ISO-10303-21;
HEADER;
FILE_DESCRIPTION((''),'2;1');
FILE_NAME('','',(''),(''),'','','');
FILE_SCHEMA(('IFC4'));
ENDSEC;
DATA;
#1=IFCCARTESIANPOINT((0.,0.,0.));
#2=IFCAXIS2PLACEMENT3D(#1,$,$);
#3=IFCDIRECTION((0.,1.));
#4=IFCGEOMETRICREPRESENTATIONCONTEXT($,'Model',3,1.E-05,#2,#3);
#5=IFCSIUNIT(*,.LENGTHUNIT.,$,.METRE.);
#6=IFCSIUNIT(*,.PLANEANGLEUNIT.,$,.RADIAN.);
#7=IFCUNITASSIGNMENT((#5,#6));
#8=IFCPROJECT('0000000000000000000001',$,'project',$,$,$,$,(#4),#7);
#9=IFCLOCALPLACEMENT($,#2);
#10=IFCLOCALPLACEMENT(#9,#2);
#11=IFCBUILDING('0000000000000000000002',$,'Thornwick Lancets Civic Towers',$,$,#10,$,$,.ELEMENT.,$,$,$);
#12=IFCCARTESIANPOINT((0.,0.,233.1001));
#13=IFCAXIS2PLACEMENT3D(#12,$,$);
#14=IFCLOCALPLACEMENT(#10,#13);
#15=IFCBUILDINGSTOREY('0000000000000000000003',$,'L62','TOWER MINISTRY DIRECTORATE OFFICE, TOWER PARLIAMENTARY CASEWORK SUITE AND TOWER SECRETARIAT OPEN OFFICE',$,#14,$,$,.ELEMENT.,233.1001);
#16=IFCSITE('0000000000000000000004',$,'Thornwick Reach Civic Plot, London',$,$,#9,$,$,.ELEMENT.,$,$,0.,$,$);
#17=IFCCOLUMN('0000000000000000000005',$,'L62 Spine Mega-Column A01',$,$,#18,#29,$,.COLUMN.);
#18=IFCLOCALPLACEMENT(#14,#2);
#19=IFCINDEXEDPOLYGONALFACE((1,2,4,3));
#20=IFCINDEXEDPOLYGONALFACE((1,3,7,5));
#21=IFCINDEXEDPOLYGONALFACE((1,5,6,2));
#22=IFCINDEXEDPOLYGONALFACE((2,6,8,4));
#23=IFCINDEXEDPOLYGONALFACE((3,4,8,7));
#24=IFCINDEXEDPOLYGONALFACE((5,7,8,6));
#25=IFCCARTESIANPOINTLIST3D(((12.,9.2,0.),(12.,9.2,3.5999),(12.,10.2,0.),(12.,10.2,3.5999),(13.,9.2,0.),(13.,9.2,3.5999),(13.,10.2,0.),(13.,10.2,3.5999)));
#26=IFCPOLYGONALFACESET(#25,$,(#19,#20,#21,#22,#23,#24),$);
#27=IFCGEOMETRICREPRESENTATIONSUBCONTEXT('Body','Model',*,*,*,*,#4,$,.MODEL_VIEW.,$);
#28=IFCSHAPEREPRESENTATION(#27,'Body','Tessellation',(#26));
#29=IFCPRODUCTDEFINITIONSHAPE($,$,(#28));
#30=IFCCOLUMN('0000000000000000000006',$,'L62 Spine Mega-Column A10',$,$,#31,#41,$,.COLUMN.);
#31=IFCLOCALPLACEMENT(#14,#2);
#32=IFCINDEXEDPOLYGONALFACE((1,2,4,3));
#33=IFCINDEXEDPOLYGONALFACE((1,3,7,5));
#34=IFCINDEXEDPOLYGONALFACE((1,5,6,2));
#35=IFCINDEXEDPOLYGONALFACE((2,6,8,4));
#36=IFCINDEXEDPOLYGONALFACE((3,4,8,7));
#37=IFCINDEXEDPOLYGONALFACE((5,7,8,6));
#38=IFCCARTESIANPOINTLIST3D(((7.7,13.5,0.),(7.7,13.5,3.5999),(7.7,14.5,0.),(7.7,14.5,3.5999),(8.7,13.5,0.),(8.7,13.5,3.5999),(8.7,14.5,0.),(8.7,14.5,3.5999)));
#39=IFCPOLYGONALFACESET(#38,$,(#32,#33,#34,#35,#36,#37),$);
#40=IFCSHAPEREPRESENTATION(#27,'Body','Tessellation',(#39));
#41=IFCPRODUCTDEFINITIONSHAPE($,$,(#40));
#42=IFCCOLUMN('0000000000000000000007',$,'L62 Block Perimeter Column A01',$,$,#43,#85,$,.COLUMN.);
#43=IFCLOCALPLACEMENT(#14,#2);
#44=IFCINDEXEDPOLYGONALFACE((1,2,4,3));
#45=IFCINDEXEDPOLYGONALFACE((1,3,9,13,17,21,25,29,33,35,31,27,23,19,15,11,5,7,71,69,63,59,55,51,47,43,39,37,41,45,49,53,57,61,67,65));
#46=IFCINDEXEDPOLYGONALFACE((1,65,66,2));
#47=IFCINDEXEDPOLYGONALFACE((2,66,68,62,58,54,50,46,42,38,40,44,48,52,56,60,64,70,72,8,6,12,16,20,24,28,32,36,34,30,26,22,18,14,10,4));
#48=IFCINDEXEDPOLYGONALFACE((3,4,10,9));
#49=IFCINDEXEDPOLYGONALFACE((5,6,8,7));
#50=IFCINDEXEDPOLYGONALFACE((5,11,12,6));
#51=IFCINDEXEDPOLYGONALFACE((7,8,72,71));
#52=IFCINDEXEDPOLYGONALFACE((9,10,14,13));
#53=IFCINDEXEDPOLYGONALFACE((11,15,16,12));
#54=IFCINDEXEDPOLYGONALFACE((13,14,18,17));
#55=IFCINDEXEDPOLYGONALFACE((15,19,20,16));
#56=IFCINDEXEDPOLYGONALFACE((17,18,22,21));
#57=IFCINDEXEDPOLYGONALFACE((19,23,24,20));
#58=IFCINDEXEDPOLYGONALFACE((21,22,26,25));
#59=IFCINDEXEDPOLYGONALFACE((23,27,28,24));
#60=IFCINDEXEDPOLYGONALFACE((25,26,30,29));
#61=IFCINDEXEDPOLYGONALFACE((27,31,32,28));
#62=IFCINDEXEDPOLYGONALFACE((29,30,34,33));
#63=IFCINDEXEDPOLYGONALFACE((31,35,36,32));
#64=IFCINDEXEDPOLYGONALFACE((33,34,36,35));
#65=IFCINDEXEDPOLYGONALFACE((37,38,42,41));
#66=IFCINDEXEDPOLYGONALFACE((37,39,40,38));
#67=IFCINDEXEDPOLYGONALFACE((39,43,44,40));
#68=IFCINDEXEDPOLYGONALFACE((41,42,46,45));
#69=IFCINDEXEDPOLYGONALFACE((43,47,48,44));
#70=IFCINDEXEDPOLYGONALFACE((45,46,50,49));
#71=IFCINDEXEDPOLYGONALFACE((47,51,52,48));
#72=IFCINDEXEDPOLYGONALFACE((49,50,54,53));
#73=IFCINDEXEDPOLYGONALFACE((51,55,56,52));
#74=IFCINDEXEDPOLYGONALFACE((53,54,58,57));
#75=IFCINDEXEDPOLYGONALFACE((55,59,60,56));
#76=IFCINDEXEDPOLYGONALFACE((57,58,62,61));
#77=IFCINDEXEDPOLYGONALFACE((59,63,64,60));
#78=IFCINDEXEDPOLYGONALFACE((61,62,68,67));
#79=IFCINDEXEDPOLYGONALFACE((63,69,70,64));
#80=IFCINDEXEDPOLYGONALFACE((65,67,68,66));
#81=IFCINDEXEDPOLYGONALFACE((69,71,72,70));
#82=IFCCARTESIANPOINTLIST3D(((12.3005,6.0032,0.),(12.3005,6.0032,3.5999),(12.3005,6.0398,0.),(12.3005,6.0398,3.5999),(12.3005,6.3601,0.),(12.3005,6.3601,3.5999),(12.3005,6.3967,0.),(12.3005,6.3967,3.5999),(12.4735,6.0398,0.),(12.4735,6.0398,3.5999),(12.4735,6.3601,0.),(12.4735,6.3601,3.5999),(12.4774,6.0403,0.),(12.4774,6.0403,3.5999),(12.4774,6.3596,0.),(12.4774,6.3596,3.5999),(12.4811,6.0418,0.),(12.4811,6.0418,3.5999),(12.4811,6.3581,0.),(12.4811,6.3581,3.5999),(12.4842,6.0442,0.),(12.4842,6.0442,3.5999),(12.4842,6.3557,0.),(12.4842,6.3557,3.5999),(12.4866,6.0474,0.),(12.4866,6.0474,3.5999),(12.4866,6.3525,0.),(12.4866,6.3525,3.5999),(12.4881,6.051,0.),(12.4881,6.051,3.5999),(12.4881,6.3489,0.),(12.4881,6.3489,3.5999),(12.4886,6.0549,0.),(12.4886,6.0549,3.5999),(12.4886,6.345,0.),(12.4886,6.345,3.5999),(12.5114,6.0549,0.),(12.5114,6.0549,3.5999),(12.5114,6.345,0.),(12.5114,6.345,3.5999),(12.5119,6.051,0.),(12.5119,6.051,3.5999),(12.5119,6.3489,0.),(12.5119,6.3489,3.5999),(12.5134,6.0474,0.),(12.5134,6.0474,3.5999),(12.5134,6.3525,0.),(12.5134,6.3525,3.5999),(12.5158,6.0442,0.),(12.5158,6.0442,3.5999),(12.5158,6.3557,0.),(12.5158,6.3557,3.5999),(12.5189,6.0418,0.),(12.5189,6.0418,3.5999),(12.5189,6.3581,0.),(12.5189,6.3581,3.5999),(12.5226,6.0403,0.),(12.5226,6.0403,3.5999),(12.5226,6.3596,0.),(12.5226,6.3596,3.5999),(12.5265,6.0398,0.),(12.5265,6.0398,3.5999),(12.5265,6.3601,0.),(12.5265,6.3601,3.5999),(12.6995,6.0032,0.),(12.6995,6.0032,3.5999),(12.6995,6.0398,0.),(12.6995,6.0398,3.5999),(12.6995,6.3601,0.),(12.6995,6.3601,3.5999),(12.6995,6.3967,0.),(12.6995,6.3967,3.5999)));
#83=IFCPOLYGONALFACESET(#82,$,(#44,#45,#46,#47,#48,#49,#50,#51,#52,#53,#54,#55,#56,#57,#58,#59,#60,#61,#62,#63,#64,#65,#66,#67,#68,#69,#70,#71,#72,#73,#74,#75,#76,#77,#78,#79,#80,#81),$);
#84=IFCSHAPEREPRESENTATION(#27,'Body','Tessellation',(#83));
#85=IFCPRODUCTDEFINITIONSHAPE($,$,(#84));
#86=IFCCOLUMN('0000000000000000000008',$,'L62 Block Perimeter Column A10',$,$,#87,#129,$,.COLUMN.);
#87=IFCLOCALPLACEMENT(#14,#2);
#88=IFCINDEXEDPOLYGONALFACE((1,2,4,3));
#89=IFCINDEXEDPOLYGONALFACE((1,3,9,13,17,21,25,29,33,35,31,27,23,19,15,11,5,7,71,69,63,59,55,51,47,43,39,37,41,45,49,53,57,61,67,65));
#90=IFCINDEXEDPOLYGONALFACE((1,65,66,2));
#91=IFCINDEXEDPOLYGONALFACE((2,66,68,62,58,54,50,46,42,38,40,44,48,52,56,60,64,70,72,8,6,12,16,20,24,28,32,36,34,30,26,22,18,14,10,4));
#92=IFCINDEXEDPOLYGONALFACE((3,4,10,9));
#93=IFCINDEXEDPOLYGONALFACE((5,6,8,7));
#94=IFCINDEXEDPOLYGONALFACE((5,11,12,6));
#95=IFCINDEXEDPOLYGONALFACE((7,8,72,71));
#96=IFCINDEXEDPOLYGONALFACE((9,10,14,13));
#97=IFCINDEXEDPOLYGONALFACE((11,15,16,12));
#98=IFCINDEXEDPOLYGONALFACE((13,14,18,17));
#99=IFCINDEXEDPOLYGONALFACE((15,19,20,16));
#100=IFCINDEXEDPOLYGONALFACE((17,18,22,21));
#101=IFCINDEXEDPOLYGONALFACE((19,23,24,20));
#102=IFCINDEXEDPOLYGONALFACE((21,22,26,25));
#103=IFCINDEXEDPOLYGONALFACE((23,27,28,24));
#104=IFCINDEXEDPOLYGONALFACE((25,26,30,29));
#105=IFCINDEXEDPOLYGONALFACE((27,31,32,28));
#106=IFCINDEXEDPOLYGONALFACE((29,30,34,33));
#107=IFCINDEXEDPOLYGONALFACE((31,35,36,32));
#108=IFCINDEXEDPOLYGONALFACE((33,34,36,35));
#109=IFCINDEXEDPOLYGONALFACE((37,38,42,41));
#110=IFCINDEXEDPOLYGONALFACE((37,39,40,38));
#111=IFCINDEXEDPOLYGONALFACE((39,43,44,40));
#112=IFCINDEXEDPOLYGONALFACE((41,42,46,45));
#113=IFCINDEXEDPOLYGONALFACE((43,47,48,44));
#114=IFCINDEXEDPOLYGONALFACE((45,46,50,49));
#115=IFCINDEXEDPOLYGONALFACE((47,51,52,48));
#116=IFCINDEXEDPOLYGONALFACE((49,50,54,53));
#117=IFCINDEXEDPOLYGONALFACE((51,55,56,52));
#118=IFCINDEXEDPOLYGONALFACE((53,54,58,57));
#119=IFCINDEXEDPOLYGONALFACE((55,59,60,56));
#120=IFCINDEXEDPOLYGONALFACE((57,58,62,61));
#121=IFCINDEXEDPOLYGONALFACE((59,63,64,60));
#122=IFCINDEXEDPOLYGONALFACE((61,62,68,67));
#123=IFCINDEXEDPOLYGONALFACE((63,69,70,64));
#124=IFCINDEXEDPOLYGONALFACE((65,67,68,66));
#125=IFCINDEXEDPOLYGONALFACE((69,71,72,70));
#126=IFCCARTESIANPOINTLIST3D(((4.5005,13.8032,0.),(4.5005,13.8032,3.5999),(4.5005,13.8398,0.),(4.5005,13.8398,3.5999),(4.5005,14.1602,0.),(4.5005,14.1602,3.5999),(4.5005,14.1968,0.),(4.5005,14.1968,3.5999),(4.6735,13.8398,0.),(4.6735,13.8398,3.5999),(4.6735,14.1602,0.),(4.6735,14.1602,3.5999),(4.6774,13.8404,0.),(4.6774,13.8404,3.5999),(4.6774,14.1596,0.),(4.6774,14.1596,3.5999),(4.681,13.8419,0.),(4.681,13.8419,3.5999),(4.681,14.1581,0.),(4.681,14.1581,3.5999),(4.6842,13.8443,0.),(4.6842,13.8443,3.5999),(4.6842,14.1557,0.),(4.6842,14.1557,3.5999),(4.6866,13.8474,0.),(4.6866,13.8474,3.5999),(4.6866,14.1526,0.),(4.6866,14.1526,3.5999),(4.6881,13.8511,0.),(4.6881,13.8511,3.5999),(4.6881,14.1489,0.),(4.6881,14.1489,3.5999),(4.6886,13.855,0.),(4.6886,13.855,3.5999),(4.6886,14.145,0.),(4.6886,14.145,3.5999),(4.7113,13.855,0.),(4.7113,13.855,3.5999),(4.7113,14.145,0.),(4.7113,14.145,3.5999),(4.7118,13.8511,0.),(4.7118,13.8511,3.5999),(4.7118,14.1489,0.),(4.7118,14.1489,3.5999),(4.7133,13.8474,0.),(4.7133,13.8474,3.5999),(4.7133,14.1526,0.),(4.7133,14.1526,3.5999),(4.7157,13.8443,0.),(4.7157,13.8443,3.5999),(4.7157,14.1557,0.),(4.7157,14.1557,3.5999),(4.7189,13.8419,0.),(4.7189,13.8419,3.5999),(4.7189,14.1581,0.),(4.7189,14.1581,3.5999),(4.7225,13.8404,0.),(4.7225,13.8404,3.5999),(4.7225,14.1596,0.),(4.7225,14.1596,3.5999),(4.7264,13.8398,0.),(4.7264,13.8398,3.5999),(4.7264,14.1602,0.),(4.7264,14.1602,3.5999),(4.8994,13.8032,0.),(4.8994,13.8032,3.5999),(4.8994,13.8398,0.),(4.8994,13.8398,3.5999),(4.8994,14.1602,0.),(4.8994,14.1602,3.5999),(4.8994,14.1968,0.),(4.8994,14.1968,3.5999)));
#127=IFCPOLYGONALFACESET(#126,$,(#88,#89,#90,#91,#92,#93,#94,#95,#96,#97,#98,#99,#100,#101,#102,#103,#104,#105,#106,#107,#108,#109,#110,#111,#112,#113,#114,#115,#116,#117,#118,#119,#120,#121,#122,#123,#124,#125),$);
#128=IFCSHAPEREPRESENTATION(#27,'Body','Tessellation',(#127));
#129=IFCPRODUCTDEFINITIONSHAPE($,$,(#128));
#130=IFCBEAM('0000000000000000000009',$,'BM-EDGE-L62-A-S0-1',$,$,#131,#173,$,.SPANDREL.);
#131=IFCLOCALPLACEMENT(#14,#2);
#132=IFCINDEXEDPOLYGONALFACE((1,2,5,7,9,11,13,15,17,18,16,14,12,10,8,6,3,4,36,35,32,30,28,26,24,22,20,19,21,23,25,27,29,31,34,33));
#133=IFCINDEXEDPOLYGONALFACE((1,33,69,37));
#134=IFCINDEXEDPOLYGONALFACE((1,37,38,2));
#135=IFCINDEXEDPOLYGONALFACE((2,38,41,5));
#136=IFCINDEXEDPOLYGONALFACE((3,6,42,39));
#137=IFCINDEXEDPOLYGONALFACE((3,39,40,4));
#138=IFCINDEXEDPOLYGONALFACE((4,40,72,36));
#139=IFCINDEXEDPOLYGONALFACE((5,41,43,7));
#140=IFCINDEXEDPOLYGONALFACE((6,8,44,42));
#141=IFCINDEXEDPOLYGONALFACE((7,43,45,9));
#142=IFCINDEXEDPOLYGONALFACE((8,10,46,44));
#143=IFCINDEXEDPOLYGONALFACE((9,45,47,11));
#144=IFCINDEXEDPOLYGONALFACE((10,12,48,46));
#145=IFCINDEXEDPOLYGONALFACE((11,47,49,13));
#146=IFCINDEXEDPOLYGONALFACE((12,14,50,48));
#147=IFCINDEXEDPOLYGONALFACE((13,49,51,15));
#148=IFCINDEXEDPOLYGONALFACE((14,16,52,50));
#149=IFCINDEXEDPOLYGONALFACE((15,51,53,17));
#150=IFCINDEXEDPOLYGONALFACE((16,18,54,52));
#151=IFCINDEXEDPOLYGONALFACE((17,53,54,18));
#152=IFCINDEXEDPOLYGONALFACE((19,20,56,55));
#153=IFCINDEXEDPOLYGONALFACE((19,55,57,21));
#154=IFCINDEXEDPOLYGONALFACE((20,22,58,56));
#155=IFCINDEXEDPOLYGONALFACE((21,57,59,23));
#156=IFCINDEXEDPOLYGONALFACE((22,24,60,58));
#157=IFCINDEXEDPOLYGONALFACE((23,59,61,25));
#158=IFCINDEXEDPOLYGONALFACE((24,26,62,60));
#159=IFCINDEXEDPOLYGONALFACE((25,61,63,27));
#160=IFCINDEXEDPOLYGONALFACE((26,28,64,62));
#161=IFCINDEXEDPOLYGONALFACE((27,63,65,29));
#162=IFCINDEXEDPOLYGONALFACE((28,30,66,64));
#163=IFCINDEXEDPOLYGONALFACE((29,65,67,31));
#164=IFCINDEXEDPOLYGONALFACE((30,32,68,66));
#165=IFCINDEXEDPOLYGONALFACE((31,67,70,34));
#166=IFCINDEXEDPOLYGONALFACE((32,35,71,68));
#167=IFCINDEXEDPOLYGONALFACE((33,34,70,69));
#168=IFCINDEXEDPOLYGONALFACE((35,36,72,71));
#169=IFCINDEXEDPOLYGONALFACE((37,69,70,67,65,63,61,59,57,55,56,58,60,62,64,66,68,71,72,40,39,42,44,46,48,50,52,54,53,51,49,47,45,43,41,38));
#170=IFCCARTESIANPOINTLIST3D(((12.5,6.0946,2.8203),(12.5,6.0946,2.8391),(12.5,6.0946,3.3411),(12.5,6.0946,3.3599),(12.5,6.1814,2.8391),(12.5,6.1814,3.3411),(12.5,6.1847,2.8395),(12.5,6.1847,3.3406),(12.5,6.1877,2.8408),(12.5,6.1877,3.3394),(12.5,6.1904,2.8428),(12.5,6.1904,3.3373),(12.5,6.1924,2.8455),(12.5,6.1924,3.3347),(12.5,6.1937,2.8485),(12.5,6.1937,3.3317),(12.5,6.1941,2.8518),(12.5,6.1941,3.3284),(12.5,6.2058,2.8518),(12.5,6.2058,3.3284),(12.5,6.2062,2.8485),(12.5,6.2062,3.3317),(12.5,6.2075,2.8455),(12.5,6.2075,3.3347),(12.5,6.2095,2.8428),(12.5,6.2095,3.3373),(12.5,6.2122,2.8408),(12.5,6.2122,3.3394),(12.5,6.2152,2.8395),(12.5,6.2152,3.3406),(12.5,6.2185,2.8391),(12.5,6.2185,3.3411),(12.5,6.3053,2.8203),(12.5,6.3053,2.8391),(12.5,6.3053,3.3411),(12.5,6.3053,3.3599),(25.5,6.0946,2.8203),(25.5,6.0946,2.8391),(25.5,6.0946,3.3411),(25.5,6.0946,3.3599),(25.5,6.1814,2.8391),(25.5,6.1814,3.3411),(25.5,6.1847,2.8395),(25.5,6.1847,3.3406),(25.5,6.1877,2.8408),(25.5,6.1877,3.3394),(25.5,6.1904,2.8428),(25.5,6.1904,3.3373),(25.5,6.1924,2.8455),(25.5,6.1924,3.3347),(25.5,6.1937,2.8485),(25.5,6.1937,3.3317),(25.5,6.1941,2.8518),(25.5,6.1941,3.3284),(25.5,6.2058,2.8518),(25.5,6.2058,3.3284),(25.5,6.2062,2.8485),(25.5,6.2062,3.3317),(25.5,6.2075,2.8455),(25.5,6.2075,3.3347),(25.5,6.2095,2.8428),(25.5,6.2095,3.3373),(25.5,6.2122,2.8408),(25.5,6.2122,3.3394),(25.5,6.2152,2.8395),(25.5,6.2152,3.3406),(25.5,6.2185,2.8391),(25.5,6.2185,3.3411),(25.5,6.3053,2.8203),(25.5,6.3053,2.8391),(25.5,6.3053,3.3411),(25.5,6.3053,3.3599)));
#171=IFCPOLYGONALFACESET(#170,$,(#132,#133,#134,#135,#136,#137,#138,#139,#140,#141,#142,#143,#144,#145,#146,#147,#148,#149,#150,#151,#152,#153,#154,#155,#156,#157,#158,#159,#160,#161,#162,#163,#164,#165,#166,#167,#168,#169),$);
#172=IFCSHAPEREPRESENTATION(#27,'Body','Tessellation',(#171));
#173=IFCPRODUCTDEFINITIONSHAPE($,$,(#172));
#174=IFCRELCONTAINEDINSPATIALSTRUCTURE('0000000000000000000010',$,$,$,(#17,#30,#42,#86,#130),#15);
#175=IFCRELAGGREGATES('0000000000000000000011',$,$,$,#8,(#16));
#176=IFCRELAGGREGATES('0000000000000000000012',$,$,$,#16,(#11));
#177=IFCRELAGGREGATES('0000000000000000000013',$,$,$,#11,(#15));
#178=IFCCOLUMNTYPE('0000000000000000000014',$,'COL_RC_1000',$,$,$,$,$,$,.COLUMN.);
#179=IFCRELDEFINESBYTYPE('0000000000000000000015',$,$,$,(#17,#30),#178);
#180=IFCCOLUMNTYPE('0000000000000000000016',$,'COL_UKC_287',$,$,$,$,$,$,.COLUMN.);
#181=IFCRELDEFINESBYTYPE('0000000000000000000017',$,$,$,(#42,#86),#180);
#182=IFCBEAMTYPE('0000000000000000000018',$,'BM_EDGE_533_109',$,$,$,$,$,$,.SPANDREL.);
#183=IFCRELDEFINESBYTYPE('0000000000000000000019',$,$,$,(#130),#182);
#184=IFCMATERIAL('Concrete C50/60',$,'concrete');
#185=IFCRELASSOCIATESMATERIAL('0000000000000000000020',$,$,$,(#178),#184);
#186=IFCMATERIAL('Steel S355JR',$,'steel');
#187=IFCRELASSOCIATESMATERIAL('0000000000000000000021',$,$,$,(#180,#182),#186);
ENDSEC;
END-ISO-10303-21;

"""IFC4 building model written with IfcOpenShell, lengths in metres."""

from ifc_helpers import new_model, si_unit, direction, frame, origin, origin_2d, place, context, subcontext, project, spatial, rectangle, i_section, extrude, material, material_profile, profile_set, type_object, element, save


model = new_model("IFC4")

# Units and contexts
model_context = context("Model", 3, precision=1e-05, world=origin(), true_north=direction((0.0, 1.0)))
body_context = subcontext(model_context, "Body", "Model", "MODEL_VIEW")
ifc_project = project(units=[si_unit("LENGTHUNIT", "METRE"), si_unit("PLANEANGLEUNIT", "RADIAN")], contexts=[model_context])

# Site, building, storey
site_placement = place(None, origin())
site = spatial("IfcSite", under=ifc_project, at=site_placement, Name="Thornwick Reach Civic Plot, London", CompositionType="ELEMENT", RefElevation=0.0)
building_placement = place(site_placement, origin())
building = spatial("IfcBuilding", under=site, at=building_placement, Name="Thornwick Lancets Civic Towers", CompositionType="ELEMENT")
storey_placement = place(building_placement, frame((0.0, 0.0, 233.1001)))
storey = spatial("IfcBuildingStorey", under=building, at=storey_placement, Name="L62", Description="TOWER MINISTRY DIRECTORATE OFFICE, TOWER PARLIAMENTARY CASEWORK SUITE AND TOWER SECRETARIAT OPEN OFFICE", CompositionType="ELEMENT", Elevation=233.1001)

# Columns
ifc_material_1 = material(Name="Concrete C50/60", Category="concrete")
ifc_material_profile_1 = material_profile(ifc_material_1, rectangle(XDim=1.0, YDim=1.0, at=origin_2d()), Name="RC 1000x1000")
ifc_profile_set_1 = profile_set([ifc_material_profile_1], Name="Concrete C50/60")
column_type_1 = type_object("IfcColumnType", Name="COL_RC_1000", PredefinedType="COLUMN", material=ifc_profile_set_1)
for number, where, z_axis, x_axis, name in (
    (1, (12.5, 9.7, 0.0), (0.0, 0.0, 1.0), (1.0, 0.0, 0.0), "L62 Spine Mega-Column A01"),
    (2, (8.2, 14.0, 0.0), (0.0, 0.0, 1.0), (1.0, 0.0, 0.0), "L62 Spine Mega-Column A10"),
):
    element("IfcColumn", number, at=place(storey_placement, frame(where, z_axis=z_axis, x_axis=x_axis)), inside=storey, type_object=column_type_1, Name=name, PredefinedType="COLUMN", context=body_context, shape_type="SweptSolid", body=[
        extrude(rectangle(XDim=1.0, YDim=1.0, at=origin_2d()), origin(), (0.0, 0.0, 1.0), 3.5999),
    ])
ifc_material_2 = material(Name="Steel S355JR", Category="steel")
ifc_material_profile_2 = material_profile(ifc_material_2, i_section(OverallWidth=0.3989, OverallDepth=0.3936, WebThickness=0.0227, FlangeThickness=0.0366, FilletRadius=0.0151, at=origin_2d()), Name="UKC 356x406x287")
ifc_profile_set_2 = profile_set([ifc_material_profile_2], Name="Steel S355JR")
column_type_2 = type_object("IfcColumnType", Name="COL_UKC_287", PredefinedType="COLUMN", material=ifc_profile_set_2)
for number, where, z_axis, x_axis, name in (
    (3, (12.5, 6.2, 0.0), (0.0, 0.0, 1.0), (1.0, 0.0, 0.0), "L62 Block Perimeter Column A01"),
    (4, (4.7, 14.0, 0.0), (0.0, 0.0, 1.0), (1.0, 0.0, 0.0), "L62 Block Perimeter Column A10"),
):
    element("IfcColumn", number, at=place(storey_placement, frame(where, z_axis=z_axis, x_axis=x_axis)), inside=storey, type_object=column_type_2, Name=name, PredefinedType="COLUMN", context=body_context, shape_type="SweptSolid", body=[
        extrude(i_section(OverallWidth=0.3989, OverallDepth=0.3936, WebThickness=0.0227, FlangeThickness=0.0366, FilletRadius=0.0151, at=origin_2d()), origin(), (0.0, 0.0, 1.0), 3.5999),
    ])

# Beam
ifc_material_profile_3 = material_profile(ifc_material_2, i_section(OverallWidth=0.2107, OverallDepth=0.5396, WebThickness=0.0117, FlangeThickness=0.0188, FilletRadius=0.0127, at=origin_2d()), Name="UKB 533x210x109")
ifc_profile_set_3 = profile_set([ifc_material_profile_3], Name="Steel S355JR")
beam_type_1 = type_object("IfcBeamType", Name="BM_EDGE_533_109", PredefinedType="SPANDREL", material=ifc_profile_set_3)
for number, where, z_axis, x_axis, name in (
    (5, (12.5, 6.2, 3.0901), (1.0, 0.0, 0.0), (0.0, 1.0, 0.0), "BM-EDGE-L62-A-S0-1"),
):
    element("IfcBeam", number, at=place(storey_placement, frame(where, z_axis=z_axis, x_axis=x_axis)), inside=storey, type_object=beam_type_1, Name=name, PredefinedType="SPANDREL", context=body_context, shape_type="SweptSolid", body=[
        extrude(i_section(OverallWidth=0.2107, OverallDepth=0.5396, WebThickness=0.0117, FlangeThickness=0.0188, FilletRadius=0.0127, at=origin_2d()), origin(), (0.0, 0.0, 1.0), 13.0),
    ])

save(model, "model.ifc")
